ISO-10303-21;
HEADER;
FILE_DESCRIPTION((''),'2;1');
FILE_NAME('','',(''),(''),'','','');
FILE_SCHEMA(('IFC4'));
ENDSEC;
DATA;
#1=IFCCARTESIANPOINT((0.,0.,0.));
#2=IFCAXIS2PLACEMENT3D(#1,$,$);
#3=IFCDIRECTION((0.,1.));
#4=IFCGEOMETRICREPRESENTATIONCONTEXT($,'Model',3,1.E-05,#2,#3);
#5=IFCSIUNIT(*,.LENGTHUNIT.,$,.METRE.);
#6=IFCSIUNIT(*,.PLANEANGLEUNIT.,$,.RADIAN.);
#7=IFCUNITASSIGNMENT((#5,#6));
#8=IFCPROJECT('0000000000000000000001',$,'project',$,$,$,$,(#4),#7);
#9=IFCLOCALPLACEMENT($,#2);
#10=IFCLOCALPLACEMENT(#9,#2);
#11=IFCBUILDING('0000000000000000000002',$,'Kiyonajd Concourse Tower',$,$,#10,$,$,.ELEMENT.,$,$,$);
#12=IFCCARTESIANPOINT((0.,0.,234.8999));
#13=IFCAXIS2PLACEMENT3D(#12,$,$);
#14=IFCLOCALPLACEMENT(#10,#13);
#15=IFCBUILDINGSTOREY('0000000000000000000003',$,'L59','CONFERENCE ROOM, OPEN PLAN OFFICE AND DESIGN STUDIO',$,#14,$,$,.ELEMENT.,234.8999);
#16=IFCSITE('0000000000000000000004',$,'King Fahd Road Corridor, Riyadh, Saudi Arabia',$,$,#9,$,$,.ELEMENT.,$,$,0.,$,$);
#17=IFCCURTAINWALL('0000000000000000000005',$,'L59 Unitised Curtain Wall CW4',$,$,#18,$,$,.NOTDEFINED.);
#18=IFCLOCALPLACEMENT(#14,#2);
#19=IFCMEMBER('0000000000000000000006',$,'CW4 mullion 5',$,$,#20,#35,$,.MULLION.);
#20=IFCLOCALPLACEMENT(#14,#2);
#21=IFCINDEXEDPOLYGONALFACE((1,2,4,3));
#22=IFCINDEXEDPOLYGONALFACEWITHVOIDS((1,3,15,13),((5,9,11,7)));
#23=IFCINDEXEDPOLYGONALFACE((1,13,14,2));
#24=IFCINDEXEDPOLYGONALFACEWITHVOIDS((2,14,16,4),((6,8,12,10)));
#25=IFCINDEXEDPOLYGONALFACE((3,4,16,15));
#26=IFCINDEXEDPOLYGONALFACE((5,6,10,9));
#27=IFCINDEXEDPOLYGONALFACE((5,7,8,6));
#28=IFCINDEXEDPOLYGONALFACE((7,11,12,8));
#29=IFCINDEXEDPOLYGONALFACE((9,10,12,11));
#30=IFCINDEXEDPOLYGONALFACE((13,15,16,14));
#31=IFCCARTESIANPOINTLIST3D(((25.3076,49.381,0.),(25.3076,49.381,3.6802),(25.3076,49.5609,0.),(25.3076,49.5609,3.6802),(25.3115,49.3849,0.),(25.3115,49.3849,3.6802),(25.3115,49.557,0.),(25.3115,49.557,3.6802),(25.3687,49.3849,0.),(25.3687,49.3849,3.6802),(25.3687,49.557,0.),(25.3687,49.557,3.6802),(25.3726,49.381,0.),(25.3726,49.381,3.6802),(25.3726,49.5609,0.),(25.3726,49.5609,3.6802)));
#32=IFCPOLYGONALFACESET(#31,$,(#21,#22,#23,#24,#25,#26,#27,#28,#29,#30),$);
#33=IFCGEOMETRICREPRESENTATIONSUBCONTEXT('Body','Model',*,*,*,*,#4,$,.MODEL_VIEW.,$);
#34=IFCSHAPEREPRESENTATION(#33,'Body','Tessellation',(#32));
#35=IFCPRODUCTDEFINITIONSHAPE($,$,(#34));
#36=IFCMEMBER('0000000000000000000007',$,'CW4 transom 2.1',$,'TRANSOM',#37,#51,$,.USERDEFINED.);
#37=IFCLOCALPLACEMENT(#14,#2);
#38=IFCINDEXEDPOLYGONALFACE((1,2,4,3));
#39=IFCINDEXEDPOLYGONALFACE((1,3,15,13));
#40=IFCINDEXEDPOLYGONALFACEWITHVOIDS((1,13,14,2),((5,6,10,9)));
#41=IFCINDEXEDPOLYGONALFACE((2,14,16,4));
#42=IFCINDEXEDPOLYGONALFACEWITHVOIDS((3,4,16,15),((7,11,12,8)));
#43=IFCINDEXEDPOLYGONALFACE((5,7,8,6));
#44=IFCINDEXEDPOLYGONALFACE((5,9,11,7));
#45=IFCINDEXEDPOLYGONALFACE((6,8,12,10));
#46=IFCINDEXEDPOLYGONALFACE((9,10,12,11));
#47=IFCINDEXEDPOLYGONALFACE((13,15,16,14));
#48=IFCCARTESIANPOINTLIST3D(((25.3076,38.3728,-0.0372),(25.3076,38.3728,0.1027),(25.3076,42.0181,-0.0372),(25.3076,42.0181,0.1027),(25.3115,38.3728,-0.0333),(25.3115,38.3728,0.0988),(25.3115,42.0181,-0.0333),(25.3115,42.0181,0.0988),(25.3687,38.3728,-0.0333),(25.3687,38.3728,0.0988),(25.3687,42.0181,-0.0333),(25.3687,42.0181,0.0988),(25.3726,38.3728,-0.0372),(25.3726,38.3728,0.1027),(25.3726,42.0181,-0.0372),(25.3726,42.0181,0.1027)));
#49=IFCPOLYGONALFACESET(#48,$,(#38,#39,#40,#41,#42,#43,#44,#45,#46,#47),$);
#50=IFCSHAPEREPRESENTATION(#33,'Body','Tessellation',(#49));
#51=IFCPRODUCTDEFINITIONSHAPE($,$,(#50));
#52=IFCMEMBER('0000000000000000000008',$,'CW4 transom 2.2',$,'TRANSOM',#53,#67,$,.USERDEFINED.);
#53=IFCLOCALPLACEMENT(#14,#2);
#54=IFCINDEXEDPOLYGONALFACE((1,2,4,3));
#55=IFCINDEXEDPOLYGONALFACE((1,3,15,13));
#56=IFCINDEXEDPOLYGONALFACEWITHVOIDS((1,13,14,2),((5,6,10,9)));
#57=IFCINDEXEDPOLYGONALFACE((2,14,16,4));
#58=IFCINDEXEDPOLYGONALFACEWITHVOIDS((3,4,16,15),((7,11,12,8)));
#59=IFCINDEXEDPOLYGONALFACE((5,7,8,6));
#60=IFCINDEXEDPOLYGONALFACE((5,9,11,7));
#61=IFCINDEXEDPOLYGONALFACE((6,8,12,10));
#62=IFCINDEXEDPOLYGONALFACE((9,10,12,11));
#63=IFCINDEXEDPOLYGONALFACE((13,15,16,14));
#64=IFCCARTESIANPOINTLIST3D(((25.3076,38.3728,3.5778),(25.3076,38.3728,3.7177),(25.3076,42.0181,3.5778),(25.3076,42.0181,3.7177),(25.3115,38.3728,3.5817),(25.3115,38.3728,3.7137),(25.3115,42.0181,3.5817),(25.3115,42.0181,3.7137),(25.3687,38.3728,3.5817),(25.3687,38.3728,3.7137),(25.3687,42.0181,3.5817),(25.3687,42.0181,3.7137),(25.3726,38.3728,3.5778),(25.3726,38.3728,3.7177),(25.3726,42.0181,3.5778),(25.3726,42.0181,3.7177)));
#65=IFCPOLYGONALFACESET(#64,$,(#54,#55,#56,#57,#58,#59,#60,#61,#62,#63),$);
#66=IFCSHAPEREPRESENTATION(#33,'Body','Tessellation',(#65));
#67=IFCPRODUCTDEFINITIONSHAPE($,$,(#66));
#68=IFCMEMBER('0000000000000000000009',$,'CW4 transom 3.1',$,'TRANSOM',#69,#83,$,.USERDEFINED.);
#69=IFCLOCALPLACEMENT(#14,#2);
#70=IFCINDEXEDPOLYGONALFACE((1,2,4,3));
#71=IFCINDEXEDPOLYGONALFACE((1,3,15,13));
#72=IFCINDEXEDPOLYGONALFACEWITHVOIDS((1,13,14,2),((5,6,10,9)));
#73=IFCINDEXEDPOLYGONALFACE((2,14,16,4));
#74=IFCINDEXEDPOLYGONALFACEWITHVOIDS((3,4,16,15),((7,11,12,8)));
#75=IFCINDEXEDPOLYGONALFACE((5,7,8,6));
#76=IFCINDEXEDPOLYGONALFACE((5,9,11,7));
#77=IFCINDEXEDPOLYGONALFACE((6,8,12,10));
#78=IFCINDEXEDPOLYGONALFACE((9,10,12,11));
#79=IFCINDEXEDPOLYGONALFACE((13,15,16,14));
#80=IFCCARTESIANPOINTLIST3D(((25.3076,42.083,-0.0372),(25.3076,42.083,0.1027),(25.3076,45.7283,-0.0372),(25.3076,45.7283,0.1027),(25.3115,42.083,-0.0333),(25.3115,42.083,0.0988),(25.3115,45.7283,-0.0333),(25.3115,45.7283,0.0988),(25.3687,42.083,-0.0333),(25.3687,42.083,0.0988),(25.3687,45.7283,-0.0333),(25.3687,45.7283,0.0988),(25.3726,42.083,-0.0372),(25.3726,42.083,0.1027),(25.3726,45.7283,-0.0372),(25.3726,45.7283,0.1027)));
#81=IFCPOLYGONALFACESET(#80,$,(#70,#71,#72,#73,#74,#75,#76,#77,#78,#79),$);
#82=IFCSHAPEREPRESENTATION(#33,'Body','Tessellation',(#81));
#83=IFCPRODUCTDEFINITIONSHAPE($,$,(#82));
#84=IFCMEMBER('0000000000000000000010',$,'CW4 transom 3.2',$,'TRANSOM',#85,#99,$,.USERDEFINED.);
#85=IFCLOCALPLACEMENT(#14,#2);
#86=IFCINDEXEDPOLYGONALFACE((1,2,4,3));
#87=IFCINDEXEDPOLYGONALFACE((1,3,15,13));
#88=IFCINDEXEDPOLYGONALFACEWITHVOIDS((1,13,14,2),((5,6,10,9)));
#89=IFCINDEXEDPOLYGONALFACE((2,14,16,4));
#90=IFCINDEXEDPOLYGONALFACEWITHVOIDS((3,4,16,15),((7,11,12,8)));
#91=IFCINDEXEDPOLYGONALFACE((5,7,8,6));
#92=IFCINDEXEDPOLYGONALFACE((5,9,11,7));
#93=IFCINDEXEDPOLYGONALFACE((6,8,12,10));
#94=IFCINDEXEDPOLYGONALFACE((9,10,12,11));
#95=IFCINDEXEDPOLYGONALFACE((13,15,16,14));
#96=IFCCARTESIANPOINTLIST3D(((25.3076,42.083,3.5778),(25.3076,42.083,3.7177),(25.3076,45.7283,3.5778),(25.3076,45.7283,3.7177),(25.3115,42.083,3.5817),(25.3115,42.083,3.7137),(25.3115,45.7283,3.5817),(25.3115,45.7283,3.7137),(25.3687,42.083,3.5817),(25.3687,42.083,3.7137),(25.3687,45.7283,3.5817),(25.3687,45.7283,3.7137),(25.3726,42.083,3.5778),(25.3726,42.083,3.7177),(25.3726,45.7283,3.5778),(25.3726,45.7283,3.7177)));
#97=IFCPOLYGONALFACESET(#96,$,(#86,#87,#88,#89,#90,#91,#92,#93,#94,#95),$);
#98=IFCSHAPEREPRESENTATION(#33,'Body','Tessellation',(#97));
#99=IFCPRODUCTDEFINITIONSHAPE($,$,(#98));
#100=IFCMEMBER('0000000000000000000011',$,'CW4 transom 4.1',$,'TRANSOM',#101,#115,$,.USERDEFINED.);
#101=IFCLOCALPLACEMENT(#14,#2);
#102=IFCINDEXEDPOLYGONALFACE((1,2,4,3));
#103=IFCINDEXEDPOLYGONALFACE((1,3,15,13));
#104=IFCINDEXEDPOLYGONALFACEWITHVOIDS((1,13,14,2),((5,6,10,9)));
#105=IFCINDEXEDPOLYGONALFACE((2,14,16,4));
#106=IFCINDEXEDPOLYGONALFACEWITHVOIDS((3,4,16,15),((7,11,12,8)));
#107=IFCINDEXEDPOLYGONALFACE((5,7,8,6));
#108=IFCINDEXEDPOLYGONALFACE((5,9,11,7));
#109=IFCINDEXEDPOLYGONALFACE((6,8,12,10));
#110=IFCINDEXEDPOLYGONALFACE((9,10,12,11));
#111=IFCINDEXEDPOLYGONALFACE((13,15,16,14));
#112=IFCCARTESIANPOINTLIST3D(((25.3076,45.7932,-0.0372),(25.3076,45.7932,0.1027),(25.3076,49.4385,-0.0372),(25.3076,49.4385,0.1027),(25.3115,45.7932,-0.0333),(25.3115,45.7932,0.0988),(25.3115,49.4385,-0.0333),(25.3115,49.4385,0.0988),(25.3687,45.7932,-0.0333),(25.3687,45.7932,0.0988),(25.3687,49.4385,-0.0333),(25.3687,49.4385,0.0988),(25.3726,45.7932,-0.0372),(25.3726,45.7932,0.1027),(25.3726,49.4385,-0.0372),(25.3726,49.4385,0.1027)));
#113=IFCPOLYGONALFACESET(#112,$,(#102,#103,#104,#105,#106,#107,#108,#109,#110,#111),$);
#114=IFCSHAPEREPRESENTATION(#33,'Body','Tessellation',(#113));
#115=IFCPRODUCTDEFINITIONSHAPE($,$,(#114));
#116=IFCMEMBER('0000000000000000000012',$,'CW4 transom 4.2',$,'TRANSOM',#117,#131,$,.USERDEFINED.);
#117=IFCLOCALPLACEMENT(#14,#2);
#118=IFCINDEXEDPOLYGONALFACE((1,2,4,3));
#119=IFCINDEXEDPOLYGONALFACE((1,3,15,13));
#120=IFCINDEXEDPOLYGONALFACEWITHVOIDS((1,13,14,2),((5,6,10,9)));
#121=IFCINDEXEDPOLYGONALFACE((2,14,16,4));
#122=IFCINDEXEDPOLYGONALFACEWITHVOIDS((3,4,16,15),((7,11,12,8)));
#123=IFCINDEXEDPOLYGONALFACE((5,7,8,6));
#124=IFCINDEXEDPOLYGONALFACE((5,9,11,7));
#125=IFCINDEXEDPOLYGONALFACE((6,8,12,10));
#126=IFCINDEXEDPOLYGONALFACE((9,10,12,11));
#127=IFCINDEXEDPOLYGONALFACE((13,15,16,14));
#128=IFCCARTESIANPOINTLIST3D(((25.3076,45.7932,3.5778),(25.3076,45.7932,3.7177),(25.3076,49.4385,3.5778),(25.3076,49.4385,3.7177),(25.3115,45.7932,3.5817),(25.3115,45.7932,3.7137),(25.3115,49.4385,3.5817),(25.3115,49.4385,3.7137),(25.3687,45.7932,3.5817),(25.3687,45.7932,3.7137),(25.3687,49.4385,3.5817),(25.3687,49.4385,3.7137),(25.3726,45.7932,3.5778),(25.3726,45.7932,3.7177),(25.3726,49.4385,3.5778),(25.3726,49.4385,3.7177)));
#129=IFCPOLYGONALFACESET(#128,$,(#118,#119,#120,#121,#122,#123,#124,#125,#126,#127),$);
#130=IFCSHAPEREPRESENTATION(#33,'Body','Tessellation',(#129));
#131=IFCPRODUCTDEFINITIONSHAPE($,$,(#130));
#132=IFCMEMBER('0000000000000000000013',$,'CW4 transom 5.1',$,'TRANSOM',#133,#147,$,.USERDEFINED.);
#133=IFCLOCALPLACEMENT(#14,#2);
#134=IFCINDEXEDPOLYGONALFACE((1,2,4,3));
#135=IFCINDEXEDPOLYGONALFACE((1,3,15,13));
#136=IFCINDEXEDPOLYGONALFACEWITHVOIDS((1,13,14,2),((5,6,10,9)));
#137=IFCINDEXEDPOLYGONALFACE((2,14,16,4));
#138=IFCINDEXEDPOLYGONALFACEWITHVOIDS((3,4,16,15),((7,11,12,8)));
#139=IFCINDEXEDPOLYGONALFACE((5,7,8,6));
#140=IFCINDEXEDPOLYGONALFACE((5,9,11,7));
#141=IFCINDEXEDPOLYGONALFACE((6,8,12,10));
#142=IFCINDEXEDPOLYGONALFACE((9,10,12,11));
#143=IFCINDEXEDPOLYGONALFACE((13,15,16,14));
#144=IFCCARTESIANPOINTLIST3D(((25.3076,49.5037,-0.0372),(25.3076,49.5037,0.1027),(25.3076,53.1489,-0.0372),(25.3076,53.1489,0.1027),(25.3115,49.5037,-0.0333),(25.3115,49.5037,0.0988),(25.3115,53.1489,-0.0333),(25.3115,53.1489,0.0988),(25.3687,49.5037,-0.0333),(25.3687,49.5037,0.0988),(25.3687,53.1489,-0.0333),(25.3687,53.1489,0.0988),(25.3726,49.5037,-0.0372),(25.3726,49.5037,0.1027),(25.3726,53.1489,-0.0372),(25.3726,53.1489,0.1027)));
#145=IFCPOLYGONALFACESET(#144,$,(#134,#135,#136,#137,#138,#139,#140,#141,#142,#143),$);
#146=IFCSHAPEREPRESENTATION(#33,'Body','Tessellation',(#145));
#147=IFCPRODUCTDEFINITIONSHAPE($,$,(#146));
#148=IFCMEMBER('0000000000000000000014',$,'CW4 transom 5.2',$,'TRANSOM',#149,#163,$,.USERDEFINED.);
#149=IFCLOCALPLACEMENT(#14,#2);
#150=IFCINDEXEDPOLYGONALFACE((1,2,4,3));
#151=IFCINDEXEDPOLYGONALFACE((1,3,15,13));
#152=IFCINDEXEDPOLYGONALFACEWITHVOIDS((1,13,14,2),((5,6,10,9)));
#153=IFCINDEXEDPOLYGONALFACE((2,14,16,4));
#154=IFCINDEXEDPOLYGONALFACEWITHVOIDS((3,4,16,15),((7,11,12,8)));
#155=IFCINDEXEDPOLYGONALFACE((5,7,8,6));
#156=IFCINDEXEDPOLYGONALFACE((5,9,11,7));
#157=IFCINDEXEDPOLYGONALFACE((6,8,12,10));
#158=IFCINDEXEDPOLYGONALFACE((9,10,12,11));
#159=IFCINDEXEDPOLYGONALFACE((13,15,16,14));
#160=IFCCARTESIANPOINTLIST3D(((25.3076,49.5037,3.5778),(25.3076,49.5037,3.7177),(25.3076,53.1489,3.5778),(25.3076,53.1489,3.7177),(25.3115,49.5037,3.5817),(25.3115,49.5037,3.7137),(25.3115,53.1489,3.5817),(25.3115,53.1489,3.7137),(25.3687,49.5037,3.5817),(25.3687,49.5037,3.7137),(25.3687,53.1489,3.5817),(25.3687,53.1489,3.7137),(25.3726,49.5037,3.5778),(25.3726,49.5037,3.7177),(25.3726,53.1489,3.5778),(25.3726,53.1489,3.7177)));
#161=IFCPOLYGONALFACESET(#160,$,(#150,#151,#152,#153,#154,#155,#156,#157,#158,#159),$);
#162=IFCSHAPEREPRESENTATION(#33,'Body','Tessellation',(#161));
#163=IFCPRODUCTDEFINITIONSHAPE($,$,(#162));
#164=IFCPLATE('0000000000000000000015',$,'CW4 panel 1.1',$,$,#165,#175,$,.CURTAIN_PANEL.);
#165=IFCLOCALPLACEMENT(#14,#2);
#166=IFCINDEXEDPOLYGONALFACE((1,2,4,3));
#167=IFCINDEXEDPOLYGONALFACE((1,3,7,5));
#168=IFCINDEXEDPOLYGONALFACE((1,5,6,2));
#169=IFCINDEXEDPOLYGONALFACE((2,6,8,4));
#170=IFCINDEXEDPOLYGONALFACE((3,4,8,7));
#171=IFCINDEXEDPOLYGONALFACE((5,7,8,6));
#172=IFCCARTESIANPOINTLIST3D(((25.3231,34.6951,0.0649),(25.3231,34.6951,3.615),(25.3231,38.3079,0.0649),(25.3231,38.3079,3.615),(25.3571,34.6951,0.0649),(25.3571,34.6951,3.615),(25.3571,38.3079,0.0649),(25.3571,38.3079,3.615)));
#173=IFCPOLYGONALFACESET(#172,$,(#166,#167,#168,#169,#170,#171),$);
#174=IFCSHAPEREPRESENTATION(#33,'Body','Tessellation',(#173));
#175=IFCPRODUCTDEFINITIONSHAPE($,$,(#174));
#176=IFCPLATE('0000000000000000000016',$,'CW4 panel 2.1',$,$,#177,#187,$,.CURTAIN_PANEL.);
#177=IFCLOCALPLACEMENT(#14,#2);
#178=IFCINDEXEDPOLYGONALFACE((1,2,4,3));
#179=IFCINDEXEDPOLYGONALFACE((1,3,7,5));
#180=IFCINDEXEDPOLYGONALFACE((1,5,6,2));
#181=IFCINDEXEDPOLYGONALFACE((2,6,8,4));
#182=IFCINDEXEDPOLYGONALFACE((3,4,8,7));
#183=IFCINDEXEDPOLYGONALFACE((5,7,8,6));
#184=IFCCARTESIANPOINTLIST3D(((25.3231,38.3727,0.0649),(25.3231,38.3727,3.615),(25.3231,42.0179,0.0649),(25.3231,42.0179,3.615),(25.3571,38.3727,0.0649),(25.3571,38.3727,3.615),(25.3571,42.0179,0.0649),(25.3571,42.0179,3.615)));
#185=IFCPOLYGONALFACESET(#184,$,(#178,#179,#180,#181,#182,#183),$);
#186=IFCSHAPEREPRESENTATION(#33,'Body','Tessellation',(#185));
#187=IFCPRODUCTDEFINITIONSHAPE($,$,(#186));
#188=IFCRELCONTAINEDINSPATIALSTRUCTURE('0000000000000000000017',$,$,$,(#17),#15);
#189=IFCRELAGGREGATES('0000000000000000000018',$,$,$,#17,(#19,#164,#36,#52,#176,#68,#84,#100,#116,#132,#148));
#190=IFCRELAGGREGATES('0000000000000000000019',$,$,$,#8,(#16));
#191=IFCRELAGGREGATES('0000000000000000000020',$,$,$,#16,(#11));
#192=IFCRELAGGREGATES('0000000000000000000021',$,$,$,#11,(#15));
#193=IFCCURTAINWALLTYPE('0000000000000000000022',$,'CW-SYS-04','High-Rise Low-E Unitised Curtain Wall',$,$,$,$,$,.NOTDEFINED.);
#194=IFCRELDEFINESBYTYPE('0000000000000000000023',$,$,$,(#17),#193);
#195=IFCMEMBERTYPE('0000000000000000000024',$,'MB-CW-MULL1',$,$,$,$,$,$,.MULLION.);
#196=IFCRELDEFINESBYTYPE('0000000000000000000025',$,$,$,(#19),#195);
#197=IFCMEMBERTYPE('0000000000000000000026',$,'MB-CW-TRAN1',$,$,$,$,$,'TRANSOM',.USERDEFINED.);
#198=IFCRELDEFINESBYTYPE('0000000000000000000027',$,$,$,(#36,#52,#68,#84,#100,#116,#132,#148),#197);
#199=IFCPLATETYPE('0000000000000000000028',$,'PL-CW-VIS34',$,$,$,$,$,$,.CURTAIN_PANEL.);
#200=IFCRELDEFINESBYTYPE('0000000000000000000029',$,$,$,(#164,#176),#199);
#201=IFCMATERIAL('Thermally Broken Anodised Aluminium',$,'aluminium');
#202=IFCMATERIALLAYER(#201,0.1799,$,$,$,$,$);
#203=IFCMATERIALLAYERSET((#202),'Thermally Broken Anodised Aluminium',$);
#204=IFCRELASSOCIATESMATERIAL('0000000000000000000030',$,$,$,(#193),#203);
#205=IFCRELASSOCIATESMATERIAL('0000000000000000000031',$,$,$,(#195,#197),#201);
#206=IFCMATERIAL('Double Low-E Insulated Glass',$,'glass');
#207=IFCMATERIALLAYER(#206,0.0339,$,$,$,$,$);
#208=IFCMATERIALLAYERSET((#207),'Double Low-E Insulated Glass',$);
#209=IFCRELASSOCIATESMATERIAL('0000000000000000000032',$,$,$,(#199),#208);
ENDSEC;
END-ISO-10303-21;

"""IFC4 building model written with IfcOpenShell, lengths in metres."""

from ifc_helpers import new_model, si_unit, direction, frame, origin, origin_2d, place, context, subcontext, project, spatial, rectangle, hollow_rectangle, extrude, material, layer, layer_set, material_profile, profile_set, type_object, element, aggregate, save


model = new_model("IFC4")

# Units and contexts
model_context = context("Model", 3, precision=1e-05, world=origin(), true_north=direction((0.0, 1.0)))
body_context = subcontext(model_context, "Body", "Model", "MODEL_VIEW")
ifc_project = project(units=[si_unit("LENGTHUNIT", "METRE"), si_unit("PLANEANGLEUNIT", "RADIAN")], contexts=[model_context])

# Site, building, storey
site_placement = place(None, origin())
site = spatial("IfcSite", under=ifc_project, at=site_placement, Name="King Fahd Road Corridor, Riyadh, Saudi Arabia", CompositionType="ELEMENT", RefElevation=0.0)
building_placement = place(site_placement, origin())
building = spatial("IfcBuilding", under=site, at=building_placement, Name="Kiyonajd Concourse Tower", CompositionType="ELEMENT")
storey_placement = place(building_placement, frame((0.0, 0.0, 234.8999)))
storey = spatial("IfcBuildingStorey", under=building, at=storey_placement, Name="L59", Description="CONFERENCE ROOM, OPEN PLAN OFFICE AND DESIGN STUDIO", CompositionType="ELEMENT", Elevation=234.8999)

# Curtain wall, members, plates
ifc_material_1 = material(Name="Thermally Broken Anodised Aluminium", Category="aluminium")
ifc_layer_1 = layer(ifc_material_1, 0.1799)
ifc_layer_set_1 = layer_set([ifc_layer_1], Name="Thermally Broken Anodised Aluminium")
curtain_wall_type = type_object("IfcCurtainWallType", Name="CW-SYS-04", Description="High-Rise Low-E Unitised Curtain Wall", PredefinedType="NOTDEFINED", material=ifc_layer_set_1)
curtain_wall_placement = place(storey_placement, origin())
curtain_wall = element("IfcCurtainWall", 1, at=curtain_wall_placement, inside=storey, type_object=curtain_wall_type, Name="L59 Unitised Curtain Wall CW4", PredefinedType="NOTDEFINED")
ifc_material_profile_1 = material_profile(ifc_material_1, hollow_rectangle(XDim=0.0649, YDim=0.1799, WallThickness=0.0039, at=origin_2d()), Name="MULL-65x180")
ifc_profile_set_1 = profile_set([ifc_material_profile_1], Name="Thermally Broken Anodised Aluminium")
member_type_1 = type_object("IfcMemberType", Name="MB-CW-MULL1", PredefinedType="MULLION", material=ifc_profile_set_1)
member_1_placement = place(storey_placement, frame((25.3401, 49.4709, 0.0), z_axis=(0.0, 0.0, 1.0), x_axis=(-1.0, 0.0, 0.0)))
member_1 = element("IfcMember", 2, at=member_1_placement, type_object=member_type_1, Name="CW4 mullion 5", PredefinedType="MULLION", context=body_context, shape_type="SweptSolid", body=[
    extrude(hollow_rectangle(XDim=0.0649, YDim=0.1799, WallThickness=0.0039, at=origin_2d()), origin(), (0.0, 0.0, 1.0), 3.6802),
])
ifc_material_profile_2 = material_profile(ifc_material_1, hollow_rectangle(XDim=0.0649, YDim=0.1399, WallThickness=0.0039, at=origin_2d()), Name="TRAN-65x140")
ifc_profile_set_2 = profile_set([ifc_material_profile_2], Name="Thermally Broken Anodised Aluminium")
member_type_2 = type_object("IfcMemberType", Name="MB-CW-TRAN1", ElementType="TRANSOM", PredefinedType="USERDEFINED", material=ifc_profile_set_2)
member_2_placement = place(storey_placement, frame((25.3401, 38.3728, 0.0327), z_axis=(0.0, 1.0, 0.0), x_axis=(-1.0, 0.0, 0.0)))
member_2 = element("IfcMember", 3, at=member_2_placement, type_object=member_type_2, Name="CW4 transom 2.1", ObjectType="TRANSOM", PredefinedType="USERDEFINED", context=body_context, shape_type="SweptSolid", body=[
    extrude(hollow_rectangle(XDim=0.0649, YDim=0.1399, WallThickness=0.0039, at=origin_2d()), origin(), (0.0, 0.0, 1.0), 3.6453),
])
member_3_placement = place(storey_placement, frame((25.3401, 38.3728, 3.6477), z_axis=(0.0, 1.0, 0.0), x_axis=(-1.0, 0.0, 0.0)))
member_3 = element("IfcMember", 4, at=member_3_placement, type_object=member_type_2, Name="CW4 transom 2.2", ObjectType="TRANSOM", PredefinedType="USERDEFINED", context=body_context, shape_type="SweptSolid", body=[
    extrude(hollow_rectangle(XDim=0.0649, YDim=0.1399, WallThickness=0.0039, at=origin_2d()), origin(), (0.0, 0.0, 1.0), 3.6453),
])
member_4_placement = place(storey_placement, frame((25.3401, 42.083, 0.0327), z_axis=(0.0, 1.0, 0.0), x_axis=(-1.0, 0.0, 0.0)))
member_4 = element("IfcMember", 5, at=member_4_placement, type_object=member_type_2, Name="CW4 transom 3.1", ObjectType="TRANSOM", PredefinedType="USERDEFINED", context=body_context, shape_type="SweptSolid", body=[
    extrude(hollow_rectangle(XDim=0.0649, YDim=0.1399, WallThickness=0.0039, at=origin_2d()), origin(), (0.0, 0.0, 1.0), 3.6453),
])
member_5_placement = place(storey_placement, frame((25.3401, 42.083, 3.6477), z_axis=(0.0, 1.0, 0.0), x_axis=(-1.0, 0.0, 0.0)))
member_5 = element("IfcMember", 6, at=member_5_placement, type_object=member_type_2, Name="CW4 transom 3.2", ObjectType="TRANSOM", PredefinedType="USERDEFINED", context=body_context, shape_type="SweptSolid", body=[
    extrude(hollow_rectangle(XDim=0.0649, YDim=0.1399, WallThickness=0.0039, at=origin_2d()), origin(), (0.0, 0.0, 1.0), 3.6453),
])
member_6_placement = place(storey_placement, frame((25.3401, 45.7932, 0.0327), z_axis=(0.0, 1.0, 0.0), x_axis=(-1.0, 0.0, 0.0)))
member_6 = element("IfcMember", 7, at=member_6_placement, type_object=member_type_2, Name="CW4 transom 4.1", ObjectType="TRANSOM", PredefinedType="USERDEFINED", context=body_context, shape_type="SweptSolid", body=[
    extrude(hollow_rectangle(XDim=0.0649, YDim=0.1399, WallThickness=0.0039, at=origin_2d()), origin(), (0.0, 0.0, 1.0), 3.6453),
])
member_7_placement = place(storey_placement, frame((25.3401, 45.7932, 3.6477), z_axis=(0.0, 1.0, 0.0), x_axis=(-1.0, 0.0, 0.0)))
member_7 = element("IfcMember", 8, at=member_7_placement, type_object=member_type_2, Name="CW4 transom 4.2", ObjectType="TRANSOM", PredefinedType="USERDEFINED", context=body_context, shape_type="SweptSolid", body=[
    extrude(hollow_rectangle(XDim=0.0649, YDim=0.1399, WallThickness=0.0039, at=origin_2d()), origin(), (0.0, 0.0, 1.0), 3.6453),
])
member_8_placement = place(storey_placement, frame((25.3401, 49.5037, 0.0327), z_axis=(0.0, 1.0, 0.0), x_axis=(-1.0, 0.0, 0.0)))
member_8 = element("IfcMember", 9, at=member_8_placement, type_object=member_type_2, Name="CW4 transom 5.1", ObjectType="TRANSOM", PredefinedType="USERDEFINED", context=body_context, shape_type="SweptSolid", body=[
    extrude(hollow_rectangle(XDim=0.0649, YDim=0.1399, WallThickness=0.0039, at=origin_2d()), origin(), (0.0, 0.0, 1.0), 3.6453),
])
member_9_placement = place(storey_placement, frame((25.3401, 49.5037, 3.6477), z_axis=(0.0, 1.0, 0.0), x_axis=(-1.0, 0.0, 0.0)))
member_9 = element("IfcMember", 10, at=member_9_placement, type_object=member_type_2, Name="CW4 transom 5.2", ObjectType="TRANSOM", PredefinedType="USERDEFINED", context=body_context, shape_type="SweptSolid", body=[
    extrude(hollow_rectangle(XDim=0.0649, YDim=0.1399, WallThickness=0.0039, at=origin_2d()), origin(), (0.0, 0.0, 1.0), 3.6453),
])
ifc_material_2 = material(Name="Double Low-E Insulated Glass", Category="glass")
ifc_layer_2 = layer(ifc_material_2, 0.0339)
ifc_layer_set_2 = layer_set([ifc_layer_2], Name="Double Low-E Insulated Glass")
plate_type = type_object("IfcPlateType", Name="PL-CW-VIS34", PredefinedType="CURTAIN_PANEL", material=ifc_layer_set_2)
plate_1_placement = place(storey_placement, frame((25.3401, 36.5015, 0.0649), z_axis=(0.0, 0.0, 1.0), x_axis=(0.0, 1.0, 0.0)))
plate_1 = element("IfcPlate", 11, at=plate_1_placement, type_object=plate_type, Name="CW4 panel 1.1", PredefinedType="CURTAIN_PANEL", context=body_context, shape_type="SweptSolid", body=[
    extrude(rectangle(XDim=3.6128, YDim=0.0339, at=origin_2d()), origin(), (0.0, 0.0, 1.0), 3.55),
])
plate_2_placement = place(storey_placement, frame((25.3401, 40.1953, 0.0649), z_axis=(0.0, 0.0, 1.0), x_axis=(0.0, 1.0, 0.0)))
plate_2 = element("IfcPlate", 12, at=plate_2_placement, type_object=plate_type, Name="CW4 panel 2.1", PredefinedType="CURTAIN_PANEL", context=body_context, shape_type="SweptSolid", body=[
    extrude(rectangle(XDim=3.6453, YDim=0.0339, at=origin_2d()), origin(), (0.0, 0.0, 1.0), 3.55),
])
aggregate(curtain_wall, [member_1, plate_1, member_2, member_3, plate_2, member_4, member_5, member_6, member_7, member_8, member_9])

save(model, "model.ifc")
